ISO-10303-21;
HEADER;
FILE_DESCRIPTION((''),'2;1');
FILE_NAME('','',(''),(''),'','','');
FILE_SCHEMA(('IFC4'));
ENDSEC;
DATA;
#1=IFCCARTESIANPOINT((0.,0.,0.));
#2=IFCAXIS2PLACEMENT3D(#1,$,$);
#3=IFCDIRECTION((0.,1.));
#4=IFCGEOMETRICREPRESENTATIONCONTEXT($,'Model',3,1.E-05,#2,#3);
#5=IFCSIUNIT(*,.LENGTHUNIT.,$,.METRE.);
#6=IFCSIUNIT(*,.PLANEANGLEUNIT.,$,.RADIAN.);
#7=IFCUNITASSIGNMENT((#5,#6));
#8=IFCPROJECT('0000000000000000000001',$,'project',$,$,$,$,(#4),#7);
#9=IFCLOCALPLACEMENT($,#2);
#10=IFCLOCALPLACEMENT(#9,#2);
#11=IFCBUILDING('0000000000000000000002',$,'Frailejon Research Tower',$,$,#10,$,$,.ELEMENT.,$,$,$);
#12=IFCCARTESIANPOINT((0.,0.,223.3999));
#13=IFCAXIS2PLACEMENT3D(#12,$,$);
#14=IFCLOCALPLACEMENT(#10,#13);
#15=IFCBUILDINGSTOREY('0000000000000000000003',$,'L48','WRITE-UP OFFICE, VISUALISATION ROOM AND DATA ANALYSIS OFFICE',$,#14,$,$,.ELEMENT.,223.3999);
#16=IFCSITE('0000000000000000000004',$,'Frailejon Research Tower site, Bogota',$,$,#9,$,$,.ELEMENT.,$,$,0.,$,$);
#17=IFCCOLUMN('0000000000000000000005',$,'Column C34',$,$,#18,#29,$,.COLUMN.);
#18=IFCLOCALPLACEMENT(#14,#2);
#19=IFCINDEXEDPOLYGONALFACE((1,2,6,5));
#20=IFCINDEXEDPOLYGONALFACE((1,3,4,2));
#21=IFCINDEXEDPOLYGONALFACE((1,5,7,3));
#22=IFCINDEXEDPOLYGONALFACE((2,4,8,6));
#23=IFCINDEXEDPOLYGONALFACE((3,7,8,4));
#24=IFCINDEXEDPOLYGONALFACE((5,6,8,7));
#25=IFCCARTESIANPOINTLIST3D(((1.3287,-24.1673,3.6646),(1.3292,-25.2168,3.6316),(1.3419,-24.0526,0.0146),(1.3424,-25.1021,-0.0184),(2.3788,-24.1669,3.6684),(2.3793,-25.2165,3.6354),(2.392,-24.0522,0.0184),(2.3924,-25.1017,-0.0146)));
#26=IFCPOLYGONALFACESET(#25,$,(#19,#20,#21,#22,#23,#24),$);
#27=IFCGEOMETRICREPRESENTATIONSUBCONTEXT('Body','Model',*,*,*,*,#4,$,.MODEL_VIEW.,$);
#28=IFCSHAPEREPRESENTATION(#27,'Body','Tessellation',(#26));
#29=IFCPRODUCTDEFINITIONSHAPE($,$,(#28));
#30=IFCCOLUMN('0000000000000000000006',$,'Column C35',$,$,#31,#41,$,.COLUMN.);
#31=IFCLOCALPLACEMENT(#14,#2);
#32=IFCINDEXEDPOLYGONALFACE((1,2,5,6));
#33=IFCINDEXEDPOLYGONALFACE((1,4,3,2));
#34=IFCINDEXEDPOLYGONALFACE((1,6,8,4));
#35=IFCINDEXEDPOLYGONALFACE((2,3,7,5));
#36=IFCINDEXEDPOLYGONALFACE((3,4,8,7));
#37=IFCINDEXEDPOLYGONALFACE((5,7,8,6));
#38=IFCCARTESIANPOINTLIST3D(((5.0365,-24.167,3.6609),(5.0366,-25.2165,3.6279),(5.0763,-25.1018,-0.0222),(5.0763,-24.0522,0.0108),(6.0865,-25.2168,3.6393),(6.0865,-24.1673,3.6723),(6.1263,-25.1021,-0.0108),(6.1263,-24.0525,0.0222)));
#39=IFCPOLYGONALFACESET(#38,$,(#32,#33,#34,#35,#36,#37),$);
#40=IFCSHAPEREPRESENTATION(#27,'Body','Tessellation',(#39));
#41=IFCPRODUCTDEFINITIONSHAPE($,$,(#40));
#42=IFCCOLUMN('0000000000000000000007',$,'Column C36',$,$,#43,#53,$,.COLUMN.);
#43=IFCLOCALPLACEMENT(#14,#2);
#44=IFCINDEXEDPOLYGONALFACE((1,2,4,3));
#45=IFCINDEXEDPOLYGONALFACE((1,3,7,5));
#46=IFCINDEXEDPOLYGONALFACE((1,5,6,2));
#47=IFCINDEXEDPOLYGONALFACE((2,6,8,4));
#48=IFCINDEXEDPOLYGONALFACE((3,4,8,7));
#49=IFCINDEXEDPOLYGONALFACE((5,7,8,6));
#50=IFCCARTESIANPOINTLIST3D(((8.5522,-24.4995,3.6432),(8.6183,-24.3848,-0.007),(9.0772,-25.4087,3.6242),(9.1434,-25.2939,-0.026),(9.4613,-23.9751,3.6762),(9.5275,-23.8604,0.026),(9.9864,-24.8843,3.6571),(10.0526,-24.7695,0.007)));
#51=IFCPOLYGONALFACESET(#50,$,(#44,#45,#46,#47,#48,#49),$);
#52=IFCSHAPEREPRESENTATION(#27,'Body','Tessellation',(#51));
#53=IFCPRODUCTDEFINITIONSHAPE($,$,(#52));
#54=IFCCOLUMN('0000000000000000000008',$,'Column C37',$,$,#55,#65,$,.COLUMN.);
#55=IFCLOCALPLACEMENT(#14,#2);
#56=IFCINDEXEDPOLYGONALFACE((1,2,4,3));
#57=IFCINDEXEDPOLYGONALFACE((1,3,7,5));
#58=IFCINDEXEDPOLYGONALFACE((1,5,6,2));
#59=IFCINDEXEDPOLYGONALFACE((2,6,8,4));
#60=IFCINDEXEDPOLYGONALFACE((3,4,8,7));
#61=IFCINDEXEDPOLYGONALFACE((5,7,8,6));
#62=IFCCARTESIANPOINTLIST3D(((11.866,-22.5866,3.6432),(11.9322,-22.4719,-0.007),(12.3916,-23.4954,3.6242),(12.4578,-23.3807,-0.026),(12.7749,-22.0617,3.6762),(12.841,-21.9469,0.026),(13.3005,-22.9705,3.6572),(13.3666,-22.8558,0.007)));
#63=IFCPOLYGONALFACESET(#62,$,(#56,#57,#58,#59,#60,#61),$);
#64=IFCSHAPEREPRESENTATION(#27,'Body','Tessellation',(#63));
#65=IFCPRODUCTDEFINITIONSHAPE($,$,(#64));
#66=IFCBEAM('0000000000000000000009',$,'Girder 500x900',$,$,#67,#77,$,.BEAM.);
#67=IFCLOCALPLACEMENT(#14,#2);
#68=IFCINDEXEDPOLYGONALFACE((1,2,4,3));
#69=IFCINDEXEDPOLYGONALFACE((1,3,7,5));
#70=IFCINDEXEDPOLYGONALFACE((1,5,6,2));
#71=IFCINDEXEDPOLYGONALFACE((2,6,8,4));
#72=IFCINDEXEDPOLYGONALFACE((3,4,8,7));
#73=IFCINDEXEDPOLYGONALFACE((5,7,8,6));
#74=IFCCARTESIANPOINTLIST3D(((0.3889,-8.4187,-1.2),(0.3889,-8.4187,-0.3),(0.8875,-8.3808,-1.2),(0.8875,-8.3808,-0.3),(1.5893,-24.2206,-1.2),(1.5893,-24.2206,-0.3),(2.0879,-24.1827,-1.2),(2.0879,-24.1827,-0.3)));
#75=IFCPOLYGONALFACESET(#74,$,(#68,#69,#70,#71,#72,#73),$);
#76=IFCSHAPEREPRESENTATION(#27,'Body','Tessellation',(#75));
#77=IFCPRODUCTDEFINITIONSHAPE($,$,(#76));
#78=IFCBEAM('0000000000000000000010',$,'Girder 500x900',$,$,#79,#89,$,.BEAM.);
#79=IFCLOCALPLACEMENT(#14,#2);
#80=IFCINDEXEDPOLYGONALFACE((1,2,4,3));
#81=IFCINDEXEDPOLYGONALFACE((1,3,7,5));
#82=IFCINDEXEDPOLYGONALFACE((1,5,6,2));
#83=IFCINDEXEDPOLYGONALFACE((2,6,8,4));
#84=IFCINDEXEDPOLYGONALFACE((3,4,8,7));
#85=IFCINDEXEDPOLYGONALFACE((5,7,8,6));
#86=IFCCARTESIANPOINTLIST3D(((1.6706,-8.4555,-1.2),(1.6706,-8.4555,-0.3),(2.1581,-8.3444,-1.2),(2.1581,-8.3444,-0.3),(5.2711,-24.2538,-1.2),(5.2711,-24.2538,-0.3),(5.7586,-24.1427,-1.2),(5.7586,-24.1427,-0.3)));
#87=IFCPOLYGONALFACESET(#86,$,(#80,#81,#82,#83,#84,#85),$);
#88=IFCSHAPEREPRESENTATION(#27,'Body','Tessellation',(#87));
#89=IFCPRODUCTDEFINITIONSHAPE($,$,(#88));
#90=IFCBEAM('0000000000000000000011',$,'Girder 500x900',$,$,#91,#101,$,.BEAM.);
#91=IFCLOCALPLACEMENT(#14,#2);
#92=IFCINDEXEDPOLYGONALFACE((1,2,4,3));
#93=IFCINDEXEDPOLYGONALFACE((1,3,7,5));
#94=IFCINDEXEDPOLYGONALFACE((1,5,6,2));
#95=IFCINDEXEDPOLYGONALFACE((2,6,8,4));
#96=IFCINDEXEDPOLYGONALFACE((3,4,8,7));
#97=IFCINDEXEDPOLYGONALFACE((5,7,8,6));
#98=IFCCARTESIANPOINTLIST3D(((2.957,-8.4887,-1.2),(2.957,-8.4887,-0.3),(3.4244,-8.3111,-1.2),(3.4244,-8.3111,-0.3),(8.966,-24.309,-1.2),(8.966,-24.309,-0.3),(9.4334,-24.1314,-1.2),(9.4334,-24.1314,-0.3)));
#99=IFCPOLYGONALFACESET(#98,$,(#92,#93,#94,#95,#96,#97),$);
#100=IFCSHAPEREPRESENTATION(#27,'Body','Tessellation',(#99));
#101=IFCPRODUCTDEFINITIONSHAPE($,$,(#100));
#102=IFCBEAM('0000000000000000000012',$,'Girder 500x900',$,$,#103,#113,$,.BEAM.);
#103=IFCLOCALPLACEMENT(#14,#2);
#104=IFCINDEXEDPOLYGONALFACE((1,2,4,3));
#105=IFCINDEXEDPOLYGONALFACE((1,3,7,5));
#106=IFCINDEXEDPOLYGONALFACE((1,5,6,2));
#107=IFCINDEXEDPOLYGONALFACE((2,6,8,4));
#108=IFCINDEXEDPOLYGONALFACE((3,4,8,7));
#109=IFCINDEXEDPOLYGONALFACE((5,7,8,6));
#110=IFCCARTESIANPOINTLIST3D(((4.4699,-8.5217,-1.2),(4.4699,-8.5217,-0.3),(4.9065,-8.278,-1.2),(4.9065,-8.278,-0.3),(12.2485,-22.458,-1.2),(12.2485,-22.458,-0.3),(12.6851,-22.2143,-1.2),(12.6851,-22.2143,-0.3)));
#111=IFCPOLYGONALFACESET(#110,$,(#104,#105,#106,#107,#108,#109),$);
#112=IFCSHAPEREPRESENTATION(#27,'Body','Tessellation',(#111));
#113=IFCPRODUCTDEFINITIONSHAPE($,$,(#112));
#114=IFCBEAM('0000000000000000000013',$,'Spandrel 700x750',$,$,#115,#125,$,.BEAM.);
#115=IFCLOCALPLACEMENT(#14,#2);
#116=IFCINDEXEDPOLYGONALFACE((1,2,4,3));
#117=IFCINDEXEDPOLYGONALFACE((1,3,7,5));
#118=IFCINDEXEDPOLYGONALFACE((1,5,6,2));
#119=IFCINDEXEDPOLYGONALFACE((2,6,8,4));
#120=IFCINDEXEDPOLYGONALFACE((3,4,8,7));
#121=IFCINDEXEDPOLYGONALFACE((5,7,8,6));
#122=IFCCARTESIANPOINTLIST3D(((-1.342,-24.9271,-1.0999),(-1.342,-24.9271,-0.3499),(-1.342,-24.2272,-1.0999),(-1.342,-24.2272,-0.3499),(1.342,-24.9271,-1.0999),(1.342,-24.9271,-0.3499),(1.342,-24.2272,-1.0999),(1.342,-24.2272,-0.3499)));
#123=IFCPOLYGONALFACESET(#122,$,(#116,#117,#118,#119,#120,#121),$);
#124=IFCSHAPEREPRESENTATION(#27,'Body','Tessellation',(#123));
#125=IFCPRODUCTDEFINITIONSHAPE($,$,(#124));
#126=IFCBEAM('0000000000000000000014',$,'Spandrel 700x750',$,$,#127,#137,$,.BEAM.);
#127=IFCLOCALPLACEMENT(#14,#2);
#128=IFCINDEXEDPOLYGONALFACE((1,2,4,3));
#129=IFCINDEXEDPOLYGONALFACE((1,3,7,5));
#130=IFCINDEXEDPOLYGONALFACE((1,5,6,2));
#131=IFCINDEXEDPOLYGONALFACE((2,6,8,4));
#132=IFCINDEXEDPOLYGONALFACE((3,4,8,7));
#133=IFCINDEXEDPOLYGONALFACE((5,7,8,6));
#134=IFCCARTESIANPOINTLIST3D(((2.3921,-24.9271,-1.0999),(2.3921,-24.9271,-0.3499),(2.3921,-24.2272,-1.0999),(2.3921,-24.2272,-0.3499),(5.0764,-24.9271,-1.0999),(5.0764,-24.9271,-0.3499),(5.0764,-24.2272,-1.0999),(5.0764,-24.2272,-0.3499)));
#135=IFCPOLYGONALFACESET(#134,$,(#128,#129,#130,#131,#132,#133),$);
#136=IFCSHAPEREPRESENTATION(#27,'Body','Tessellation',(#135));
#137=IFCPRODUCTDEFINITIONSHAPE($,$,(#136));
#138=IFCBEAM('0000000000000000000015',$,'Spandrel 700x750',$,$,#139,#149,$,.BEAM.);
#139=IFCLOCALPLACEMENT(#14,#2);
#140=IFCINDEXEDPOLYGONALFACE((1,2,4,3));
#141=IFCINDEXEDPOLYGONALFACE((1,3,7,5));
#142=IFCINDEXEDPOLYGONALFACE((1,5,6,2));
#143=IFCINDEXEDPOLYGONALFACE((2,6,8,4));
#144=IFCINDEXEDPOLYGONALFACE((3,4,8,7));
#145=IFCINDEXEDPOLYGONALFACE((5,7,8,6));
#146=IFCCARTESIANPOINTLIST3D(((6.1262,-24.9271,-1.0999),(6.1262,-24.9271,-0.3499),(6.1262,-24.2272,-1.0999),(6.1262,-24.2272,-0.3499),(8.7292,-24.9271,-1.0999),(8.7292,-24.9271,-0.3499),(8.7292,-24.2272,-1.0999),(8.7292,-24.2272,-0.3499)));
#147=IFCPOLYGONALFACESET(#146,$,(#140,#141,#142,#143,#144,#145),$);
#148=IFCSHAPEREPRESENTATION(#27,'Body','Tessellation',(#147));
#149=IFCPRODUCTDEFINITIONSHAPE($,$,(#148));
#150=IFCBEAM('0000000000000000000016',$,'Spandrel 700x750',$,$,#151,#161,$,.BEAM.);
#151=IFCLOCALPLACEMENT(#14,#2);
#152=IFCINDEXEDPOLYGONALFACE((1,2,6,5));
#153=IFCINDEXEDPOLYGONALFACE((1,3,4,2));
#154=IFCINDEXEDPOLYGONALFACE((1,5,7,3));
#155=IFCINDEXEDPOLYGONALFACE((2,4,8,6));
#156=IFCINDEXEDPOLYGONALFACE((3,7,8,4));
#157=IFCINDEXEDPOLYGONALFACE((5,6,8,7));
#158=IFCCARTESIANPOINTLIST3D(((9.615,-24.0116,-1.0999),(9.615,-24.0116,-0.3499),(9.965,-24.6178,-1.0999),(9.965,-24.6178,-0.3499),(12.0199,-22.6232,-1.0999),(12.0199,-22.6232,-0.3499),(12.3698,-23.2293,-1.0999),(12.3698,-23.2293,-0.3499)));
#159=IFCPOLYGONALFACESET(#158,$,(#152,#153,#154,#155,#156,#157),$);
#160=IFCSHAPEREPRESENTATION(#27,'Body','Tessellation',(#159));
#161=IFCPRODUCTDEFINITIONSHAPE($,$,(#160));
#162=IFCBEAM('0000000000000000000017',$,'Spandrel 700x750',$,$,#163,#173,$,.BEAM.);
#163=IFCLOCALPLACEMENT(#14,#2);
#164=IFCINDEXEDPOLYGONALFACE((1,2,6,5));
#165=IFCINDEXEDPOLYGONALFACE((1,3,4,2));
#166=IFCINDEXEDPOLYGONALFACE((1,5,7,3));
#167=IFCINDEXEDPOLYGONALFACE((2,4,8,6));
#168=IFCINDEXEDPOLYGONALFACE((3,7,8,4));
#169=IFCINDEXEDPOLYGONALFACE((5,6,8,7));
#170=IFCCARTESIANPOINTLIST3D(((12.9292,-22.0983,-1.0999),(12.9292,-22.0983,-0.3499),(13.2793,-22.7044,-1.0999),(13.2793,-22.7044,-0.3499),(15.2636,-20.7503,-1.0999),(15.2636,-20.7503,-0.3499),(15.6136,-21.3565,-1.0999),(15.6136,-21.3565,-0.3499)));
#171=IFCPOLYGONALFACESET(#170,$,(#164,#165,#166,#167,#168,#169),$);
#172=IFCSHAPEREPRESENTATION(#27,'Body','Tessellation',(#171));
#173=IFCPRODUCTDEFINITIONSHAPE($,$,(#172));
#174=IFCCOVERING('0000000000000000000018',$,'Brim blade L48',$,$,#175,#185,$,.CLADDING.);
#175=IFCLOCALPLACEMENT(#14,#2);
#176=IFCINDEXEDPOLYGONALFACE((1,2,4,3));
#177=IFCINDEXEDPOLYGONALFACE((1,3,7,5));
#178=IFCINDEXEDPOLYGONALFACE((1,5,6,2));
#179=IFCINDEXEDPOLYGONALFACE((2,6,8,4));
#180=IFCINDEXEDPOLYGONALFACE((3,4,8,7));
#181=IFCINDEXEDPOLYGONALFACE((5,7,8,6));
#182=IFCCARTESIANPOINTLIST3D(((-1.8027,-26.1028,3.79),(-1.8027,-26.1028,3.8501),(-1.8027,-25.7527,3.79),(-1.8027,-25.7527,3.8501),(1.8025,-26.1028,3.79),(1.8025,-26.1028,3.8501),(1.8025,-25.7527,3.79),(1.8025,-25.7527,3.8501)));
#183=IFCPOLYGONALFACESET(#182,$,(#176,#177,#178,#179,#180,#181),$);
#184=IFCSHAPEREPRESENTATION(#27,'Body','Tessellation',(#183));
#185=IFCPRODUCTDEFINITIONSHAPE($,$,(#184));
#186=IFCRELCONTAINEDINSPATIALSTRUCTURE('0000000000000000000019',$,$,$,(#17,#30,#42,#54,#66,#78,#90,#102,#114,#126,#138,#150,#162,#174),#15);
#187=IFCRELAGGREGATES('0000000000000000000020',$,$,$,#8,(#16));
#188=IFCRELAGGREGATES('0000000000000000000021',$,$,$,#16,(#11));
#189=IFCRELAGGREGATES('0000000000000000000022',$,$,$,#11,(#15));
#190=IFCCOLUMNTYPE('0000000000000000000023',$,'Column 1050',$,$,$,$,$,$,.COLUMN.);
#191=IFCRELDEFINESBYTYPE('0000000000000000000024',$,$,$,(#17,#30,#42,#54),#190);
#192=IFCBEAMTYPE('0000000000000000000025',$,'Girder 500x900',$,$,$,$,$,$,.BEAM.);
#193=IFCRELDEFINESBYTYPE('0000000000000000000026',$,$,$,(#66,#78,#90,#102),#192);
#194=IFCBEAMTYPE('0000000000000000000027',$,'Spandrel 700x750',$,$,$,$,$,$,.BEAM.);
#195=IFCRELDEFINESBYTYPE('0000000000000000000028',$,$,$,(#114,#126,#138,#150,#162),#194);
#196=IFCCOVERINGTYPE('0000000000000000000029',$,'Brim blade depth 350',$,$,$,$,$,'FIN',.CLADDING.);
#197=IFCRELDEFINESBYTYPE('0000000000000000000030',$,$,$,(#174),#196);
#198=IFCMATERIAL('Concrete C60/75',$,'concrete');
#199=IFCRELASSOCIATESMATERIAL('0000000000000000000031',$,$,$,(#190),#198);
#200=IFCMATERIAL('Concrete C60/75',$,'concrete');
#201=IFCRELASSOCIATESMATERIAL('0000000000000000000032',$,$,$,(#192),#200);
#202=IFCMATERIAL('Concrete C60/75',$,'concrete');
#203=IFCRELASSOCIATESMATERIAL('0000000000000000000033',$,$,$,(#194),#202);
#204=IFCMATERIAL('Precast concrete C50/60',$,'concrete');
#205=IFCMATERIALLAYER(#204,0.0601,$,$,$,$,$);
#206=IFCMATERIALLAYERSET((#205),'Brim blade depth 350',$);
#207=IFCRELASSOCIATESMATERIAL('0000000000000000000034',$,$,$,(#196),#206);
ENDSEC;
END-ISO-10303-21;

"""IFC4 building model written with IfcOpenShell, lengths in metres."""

from ifc_helpers import new_model, si_unit, direction, frame, origin, origin_2d, place, context, subcontext, project, spatial, polyline, rectangle, outline, extrude, material, layer, layer_set, material_profile, profile_set, type_object, element, save


model = new_model("IFC4")

# Units and contexts
model_context = context("Model", 3, precision=1e-05, world=origin(), true_north=direction((0.0, 1.0)))
body_context = subcontext(model_context, "Body", "Model", "MODEL_VIEW")
ifc_project = project(units=[si_unit("LENGTHUNIT", "METRE"), si_unit("PLANEANGLEUNIT", "RADIAN")], contexts=[model_context])

# Site, building, storey
site_placement = place(None, origin())
site = spatial("IfcSite", under=ifc_project, at=site_placement, Name="Frailejon Research Tower site, Bogota", CompositionType="ELEMENT", RefElevation=0.0)
building_placement = place(site_placement, origin())
building = spatial("IfcBuilding", under=site, at=building_placement, Name="Frailejon Research Tower", CompositionType="ELEMENT")
storey_placement = place(building_placement, frame((0.0, 0.0, 223.3999)))
storey = spatial("IfcBuildingStorey", under=building, at=storey_placement, Name="L48", Description="WRITE-UP OFFICE, VISUALISATION ROOM AND DATA ANALYSIS OFFICE", CompositionType="ELEMENT", Elevation=223.3999)

# Columns
ifc_material_1 = material(Name="Concrete C60/75", Category="concrete")
ifc_material_profile_1 = material_profile(ifc_material_1, rectangle(XDim=1.05, YDim=1.05, at=origin_2d()), Name="Column 1050")
ifc_profile_set_1 = profile_set([ifc_material_profile_1], Name="Concrete C60/75")
column_type = type_object("IfcColumnType", Name="Column 1050", PredefinedType="COLUMN", material=ifc_profile_set_1)
column_1_placement = place(storey_placement, frame((1.8672, -24.5771, 0.0), z_axis=(-0.00361, -0.03142, 0.9995), x_axis=(0.999993, 0.000341, 0.003623)))
element("IfcColumn", 1, at=column_1_placement, inside=storey, type_object=column_type, Name="Column C34", PredefinedType="COLUMN", context=body_context, shape_type="SweptSolid", body=[
    extrude(rectangle(XDim=1.05, YDim=1.05, at=origin_2d()), origin(), (0.0, 0.0, 1.0), 3.6519),
])
column_2_placement = place(storey_placement, frame((5.6013, -24.5771, 0.0), z_axis=(-0.010896, -0.031419, 0.999447), x_axis=(0.999941, -0.000298, 0.010892)))
element("IfcColumn", 2, at=column_2_placement, inside=storey, type_object=column_type, Name="Column C35", PredefinedType="COLUMN", context=body_context, shape_type="SweptSolid", body=[
    extrude(rectangle(XDim=1.05, YDim=1.05, at=origin_2d()), origin(), (0.0, 0.0, 1.0), 3.6521),
])
for number, where, z_axis, x_axis, name in (
    (3, (9.3354, -24.5771, 0.0), (-0.018114, -0.031415, 0.999342), (0.865818, 0.499373, 0.031392), "Column C36"),
    (4, (12.6494, -22.6638, 0.0), (-0.018114, -0.031415, 0.999342), (0.86552, 0.499889, 0.031403), "Column C37"),
):
    element("IfcColumn", number, at=place(storey_placement, frame(where, z_axis=z_axis, x_axis=x_axis)), inside=storey, type_object=column_type, Name=name, PredefinedType="COLUMN", context=body_context, shape_type="SweptSolid", body=[
        extrude(rectangle(XDim=1.05, YDim=1.05, at=origin_2d()), origin(), (0.0, 0.0, 1.0), 3.6526),
    ])

# Beams
ifc_material_2 = material(Name="Concrete C60/75", Category="concrete")
ifc_material_profile_2 = material_profile(ifc_material_2, rectangle(XDim=0.5, YDim=0.8999, at=origin_2d()), Name="Girder 500x900")
ifc_profile_set_2 = profile_set([ifc_material_profile_2], Name="Concrete C60/75")
beam_type_1 = type_object("IfcBeamType", Name="Girder 500x900", PredefinedType="BEAM", material=ifc_profile_set_2)
beam_1_placement = place(storey_placement, frame((1.8386, -24.2017, -0.75), z_axis=(-0.07575, 0.997127, 0.0), x_axis=(-0.997127, -0.07575, 0.0)))
element("IfcBeam", 5, at=beam_1_placement, inside=storey, type_object=beam_type_1, Name="Girder 500x900", PredefinedType="BEAM", context=body_context, shape_type="SweptSolid", body=[
    extrude(rectangle(XDim=0.5, YDim=0.8999, at=origin_2d()), origin(), (0.0, 0.0, 1.0), 15.8474),
])
beam_2_placement = place(storey_placement, frame((5.5149, -24.1982, -0.75), z_axis=(-0.222211, 0.974999, 0.0), x_axis=(-0.974999, -0.222211, 0.0)))
element("IfcBeam", 6, at=beam_2_placement, inside=storey, type_object=beam_type_1, Name="Girder 500x900", PredefinedType="BEAM", context=body_context, shape_type="SweptSolid", body=[
    extrude(rectangle(XDim=0.5, YDim=0.8999, at=origin_2d()), origin(), (0.0, 0.0, 1.0), 16.2034),
])
beam_3_placement = place(storey_placement, frame((9.1997, -24.2202, -0.75), z_axis=(-0.355079, 0.934836, 0.0), x_axis=(-0.934836, -0.355079, 0.0)))
element("IfcBeam", 7, at=beam_3_placement, inside=storey, type_object=beam_type_1, Name="Girder 500x900", PredefinedType="BEAM", context=body_context, shape_type="SweptSolid", body=[
    extrude(rectangle(XDim=0.5, YDim=0.8999, at=origin_2d()), origin(), (0.0, 0.0, 1.0), 16.9231),
])
beam_4_placement = place(storey_placement, frame((12.4668, -22.3362, -0.75), z_axis=(-0.487375, 0.873193, 0.0), x_axis=(-0.873193, -0.487375, 0.0)))
element("IfcBeam", 8, at=beam_4_placement, inside=storey, type_object=beam_type_1, Name="Girder 500x900", PredefinedType="BEAM", context=body_context, shape_type="SweptSolid", body=[
    extrude(rectangle(XDim=0.5, YDim=0.8999, at=origin_2d()), origin(), (0.0, 0.0, 1.0), 15.9602),
])
ifc_material_3 = material(Name="Concrete C60/75", Category="concrete")
ifc_material_profile_3 = material_profile(ifc_material_3, rectangle(XDim=0.7, YDim=0.75, at=origin_2d()), Name="Spandrel 700x750")
ifc_profile_set_3 = profile_set([ifc_material_profile_3], Name="Concrete C60/75")
beam_type_2 = type_object("IfcBeamType", Name="Spandrel 700x750", PredefinedType="BEAM", material=ifc_profile_set_3)
beam_5_placement = place(storey_placement, frame((-1.342, -24.5771, -0.7249), z_axis=(1.0, 0.0, 0.0), x_axis=(0.0, 1.0, 0.0)))
element("IfcBeam", 9, at=beam_5_placement, inside=storey, type_object=beam_type_2, Name="Spandrel 700x750", PredefinedType="BEAM", context=body_context, shape_type="SweptSolid", body=[
    extrude(rectangle(XDim=0.7, YDim=0.75, at=origin_2d()), origin(), (0.0, 0.0, 1.0), 2.6841),
])
beam_6_placement = place(storey_placement, frame((2.3921, -24.5771, -0.7249), z_axis=(1.0, 0.0, 0.0), x_axis=(0.0, 1.0, 0.0)))
element("IfcBeam", 10, at=beam_6_placement, inside=storey, type_object=beam_type_2, Name="Spandrel 700x750", PredefinedType="BEAM", context=body_context, shape_type="SweptSolid", body=[
    extrude(rectangle(XDim=0.7, YDim=0.75, at=origin_2d()), origin(), (0.0, 0.0, 1.0), 2.6843),
])
beam_7_placement = place(storey_placement, frame((6.1262, -24.5771, -0.7249), z_axis=(1.0, 0.0, 0.0), x_axis=(0.0, 1.0, 0.0)))
element("IfcBeam", 11, at=beam_7_placement, inside=storey, type_object=beam_type_2, Name="Spandrel 700x750", PredefinedType="BEAM", context=body_context, shape_type="SweptSolid", body=[
    extrude(rectangle(XDim=0.7, YDim=0.75, at=origin_2d()), origin(), (0.0, 0.0, 1.0), 2.603),
])
beam_8_placement = place(storey_placement, frame((9.79, -24.3147, -0.7249), z_axis=(0.866022, 0.500007, 0.0), x_axis=(-0.500007, 0.866022, 0.0)))
element("IfcBeam", 12, at=beam_8_placement, inside=storey, type_object=beam_type_2, Name="Spandrel 700x750", PredefinedType="BEAM", context=body_context, shape_type="SweptSolid", body=[
    extrude(rectangle(XDim=0.7, YDim=0.75, at=origin_2d()), origin(), (0.0, 0.0, 1.0), 2.7769),
])
beam_9_placement = place(storey_placement, frame((13.1042, -22.4014, -0.7249), z_axis=(0.865988, 0.500065, 0.0), x_axis=(-0.500065, 0.865988, 0.0)))
element("IfcBeam", 13, at=beam_9_placement, inside=storey, type_object=beam_type_2, Name="Spandrel 700x750", PredefinedType="BEAM", context=body_context, shape_type="SweptSolid", body=[
    extrude(rectangle(XDim=0.7, YDim=0.75, at=origin_2d()), origin(), (0.0, 0.0, 1.0), 2.6956),
])

# Covering
ifc_material_4 = material(Name="Precast concrete C50/60", Category="concrete")
ifc_layer_1 = layer(ifc_material_4, 0.0601)
ifc_layer_set_1 = layer_set([ifc_layer_1], Name="Brim blade depth 350")
covering_type_1 = type_object("IfcCoveringType", Name="Brim blade depth 350", ElementType="FIN", PredefinedType="CLADDING", material=ifc_layer_set_1)
covering_1_placement = place(storey_placement, frame((1.8025, -25.7527, 3.8501), z_axis=(-1.0, 0.0, 0.0), x_axis=(0.0, -1.0, 0.0)))
element("IfcCovering", 14, at=covering_1_placement, inside=storey, type_object=covering_type_1, Name="Brim blade L48", PredefinedType="CLADDING", context=body_context, shape_type="SweptSolid", body=[
    extrude(outline(polyline([(0.0, -0.0601), (0.3501, -0.0601), (0.3501, 0.0), (0.0, 0.0), (0.0, -0.0601)])), origin(), (0.0, 0.0, 1.0), 3.6052),
])

save(model, "model.ifc")
